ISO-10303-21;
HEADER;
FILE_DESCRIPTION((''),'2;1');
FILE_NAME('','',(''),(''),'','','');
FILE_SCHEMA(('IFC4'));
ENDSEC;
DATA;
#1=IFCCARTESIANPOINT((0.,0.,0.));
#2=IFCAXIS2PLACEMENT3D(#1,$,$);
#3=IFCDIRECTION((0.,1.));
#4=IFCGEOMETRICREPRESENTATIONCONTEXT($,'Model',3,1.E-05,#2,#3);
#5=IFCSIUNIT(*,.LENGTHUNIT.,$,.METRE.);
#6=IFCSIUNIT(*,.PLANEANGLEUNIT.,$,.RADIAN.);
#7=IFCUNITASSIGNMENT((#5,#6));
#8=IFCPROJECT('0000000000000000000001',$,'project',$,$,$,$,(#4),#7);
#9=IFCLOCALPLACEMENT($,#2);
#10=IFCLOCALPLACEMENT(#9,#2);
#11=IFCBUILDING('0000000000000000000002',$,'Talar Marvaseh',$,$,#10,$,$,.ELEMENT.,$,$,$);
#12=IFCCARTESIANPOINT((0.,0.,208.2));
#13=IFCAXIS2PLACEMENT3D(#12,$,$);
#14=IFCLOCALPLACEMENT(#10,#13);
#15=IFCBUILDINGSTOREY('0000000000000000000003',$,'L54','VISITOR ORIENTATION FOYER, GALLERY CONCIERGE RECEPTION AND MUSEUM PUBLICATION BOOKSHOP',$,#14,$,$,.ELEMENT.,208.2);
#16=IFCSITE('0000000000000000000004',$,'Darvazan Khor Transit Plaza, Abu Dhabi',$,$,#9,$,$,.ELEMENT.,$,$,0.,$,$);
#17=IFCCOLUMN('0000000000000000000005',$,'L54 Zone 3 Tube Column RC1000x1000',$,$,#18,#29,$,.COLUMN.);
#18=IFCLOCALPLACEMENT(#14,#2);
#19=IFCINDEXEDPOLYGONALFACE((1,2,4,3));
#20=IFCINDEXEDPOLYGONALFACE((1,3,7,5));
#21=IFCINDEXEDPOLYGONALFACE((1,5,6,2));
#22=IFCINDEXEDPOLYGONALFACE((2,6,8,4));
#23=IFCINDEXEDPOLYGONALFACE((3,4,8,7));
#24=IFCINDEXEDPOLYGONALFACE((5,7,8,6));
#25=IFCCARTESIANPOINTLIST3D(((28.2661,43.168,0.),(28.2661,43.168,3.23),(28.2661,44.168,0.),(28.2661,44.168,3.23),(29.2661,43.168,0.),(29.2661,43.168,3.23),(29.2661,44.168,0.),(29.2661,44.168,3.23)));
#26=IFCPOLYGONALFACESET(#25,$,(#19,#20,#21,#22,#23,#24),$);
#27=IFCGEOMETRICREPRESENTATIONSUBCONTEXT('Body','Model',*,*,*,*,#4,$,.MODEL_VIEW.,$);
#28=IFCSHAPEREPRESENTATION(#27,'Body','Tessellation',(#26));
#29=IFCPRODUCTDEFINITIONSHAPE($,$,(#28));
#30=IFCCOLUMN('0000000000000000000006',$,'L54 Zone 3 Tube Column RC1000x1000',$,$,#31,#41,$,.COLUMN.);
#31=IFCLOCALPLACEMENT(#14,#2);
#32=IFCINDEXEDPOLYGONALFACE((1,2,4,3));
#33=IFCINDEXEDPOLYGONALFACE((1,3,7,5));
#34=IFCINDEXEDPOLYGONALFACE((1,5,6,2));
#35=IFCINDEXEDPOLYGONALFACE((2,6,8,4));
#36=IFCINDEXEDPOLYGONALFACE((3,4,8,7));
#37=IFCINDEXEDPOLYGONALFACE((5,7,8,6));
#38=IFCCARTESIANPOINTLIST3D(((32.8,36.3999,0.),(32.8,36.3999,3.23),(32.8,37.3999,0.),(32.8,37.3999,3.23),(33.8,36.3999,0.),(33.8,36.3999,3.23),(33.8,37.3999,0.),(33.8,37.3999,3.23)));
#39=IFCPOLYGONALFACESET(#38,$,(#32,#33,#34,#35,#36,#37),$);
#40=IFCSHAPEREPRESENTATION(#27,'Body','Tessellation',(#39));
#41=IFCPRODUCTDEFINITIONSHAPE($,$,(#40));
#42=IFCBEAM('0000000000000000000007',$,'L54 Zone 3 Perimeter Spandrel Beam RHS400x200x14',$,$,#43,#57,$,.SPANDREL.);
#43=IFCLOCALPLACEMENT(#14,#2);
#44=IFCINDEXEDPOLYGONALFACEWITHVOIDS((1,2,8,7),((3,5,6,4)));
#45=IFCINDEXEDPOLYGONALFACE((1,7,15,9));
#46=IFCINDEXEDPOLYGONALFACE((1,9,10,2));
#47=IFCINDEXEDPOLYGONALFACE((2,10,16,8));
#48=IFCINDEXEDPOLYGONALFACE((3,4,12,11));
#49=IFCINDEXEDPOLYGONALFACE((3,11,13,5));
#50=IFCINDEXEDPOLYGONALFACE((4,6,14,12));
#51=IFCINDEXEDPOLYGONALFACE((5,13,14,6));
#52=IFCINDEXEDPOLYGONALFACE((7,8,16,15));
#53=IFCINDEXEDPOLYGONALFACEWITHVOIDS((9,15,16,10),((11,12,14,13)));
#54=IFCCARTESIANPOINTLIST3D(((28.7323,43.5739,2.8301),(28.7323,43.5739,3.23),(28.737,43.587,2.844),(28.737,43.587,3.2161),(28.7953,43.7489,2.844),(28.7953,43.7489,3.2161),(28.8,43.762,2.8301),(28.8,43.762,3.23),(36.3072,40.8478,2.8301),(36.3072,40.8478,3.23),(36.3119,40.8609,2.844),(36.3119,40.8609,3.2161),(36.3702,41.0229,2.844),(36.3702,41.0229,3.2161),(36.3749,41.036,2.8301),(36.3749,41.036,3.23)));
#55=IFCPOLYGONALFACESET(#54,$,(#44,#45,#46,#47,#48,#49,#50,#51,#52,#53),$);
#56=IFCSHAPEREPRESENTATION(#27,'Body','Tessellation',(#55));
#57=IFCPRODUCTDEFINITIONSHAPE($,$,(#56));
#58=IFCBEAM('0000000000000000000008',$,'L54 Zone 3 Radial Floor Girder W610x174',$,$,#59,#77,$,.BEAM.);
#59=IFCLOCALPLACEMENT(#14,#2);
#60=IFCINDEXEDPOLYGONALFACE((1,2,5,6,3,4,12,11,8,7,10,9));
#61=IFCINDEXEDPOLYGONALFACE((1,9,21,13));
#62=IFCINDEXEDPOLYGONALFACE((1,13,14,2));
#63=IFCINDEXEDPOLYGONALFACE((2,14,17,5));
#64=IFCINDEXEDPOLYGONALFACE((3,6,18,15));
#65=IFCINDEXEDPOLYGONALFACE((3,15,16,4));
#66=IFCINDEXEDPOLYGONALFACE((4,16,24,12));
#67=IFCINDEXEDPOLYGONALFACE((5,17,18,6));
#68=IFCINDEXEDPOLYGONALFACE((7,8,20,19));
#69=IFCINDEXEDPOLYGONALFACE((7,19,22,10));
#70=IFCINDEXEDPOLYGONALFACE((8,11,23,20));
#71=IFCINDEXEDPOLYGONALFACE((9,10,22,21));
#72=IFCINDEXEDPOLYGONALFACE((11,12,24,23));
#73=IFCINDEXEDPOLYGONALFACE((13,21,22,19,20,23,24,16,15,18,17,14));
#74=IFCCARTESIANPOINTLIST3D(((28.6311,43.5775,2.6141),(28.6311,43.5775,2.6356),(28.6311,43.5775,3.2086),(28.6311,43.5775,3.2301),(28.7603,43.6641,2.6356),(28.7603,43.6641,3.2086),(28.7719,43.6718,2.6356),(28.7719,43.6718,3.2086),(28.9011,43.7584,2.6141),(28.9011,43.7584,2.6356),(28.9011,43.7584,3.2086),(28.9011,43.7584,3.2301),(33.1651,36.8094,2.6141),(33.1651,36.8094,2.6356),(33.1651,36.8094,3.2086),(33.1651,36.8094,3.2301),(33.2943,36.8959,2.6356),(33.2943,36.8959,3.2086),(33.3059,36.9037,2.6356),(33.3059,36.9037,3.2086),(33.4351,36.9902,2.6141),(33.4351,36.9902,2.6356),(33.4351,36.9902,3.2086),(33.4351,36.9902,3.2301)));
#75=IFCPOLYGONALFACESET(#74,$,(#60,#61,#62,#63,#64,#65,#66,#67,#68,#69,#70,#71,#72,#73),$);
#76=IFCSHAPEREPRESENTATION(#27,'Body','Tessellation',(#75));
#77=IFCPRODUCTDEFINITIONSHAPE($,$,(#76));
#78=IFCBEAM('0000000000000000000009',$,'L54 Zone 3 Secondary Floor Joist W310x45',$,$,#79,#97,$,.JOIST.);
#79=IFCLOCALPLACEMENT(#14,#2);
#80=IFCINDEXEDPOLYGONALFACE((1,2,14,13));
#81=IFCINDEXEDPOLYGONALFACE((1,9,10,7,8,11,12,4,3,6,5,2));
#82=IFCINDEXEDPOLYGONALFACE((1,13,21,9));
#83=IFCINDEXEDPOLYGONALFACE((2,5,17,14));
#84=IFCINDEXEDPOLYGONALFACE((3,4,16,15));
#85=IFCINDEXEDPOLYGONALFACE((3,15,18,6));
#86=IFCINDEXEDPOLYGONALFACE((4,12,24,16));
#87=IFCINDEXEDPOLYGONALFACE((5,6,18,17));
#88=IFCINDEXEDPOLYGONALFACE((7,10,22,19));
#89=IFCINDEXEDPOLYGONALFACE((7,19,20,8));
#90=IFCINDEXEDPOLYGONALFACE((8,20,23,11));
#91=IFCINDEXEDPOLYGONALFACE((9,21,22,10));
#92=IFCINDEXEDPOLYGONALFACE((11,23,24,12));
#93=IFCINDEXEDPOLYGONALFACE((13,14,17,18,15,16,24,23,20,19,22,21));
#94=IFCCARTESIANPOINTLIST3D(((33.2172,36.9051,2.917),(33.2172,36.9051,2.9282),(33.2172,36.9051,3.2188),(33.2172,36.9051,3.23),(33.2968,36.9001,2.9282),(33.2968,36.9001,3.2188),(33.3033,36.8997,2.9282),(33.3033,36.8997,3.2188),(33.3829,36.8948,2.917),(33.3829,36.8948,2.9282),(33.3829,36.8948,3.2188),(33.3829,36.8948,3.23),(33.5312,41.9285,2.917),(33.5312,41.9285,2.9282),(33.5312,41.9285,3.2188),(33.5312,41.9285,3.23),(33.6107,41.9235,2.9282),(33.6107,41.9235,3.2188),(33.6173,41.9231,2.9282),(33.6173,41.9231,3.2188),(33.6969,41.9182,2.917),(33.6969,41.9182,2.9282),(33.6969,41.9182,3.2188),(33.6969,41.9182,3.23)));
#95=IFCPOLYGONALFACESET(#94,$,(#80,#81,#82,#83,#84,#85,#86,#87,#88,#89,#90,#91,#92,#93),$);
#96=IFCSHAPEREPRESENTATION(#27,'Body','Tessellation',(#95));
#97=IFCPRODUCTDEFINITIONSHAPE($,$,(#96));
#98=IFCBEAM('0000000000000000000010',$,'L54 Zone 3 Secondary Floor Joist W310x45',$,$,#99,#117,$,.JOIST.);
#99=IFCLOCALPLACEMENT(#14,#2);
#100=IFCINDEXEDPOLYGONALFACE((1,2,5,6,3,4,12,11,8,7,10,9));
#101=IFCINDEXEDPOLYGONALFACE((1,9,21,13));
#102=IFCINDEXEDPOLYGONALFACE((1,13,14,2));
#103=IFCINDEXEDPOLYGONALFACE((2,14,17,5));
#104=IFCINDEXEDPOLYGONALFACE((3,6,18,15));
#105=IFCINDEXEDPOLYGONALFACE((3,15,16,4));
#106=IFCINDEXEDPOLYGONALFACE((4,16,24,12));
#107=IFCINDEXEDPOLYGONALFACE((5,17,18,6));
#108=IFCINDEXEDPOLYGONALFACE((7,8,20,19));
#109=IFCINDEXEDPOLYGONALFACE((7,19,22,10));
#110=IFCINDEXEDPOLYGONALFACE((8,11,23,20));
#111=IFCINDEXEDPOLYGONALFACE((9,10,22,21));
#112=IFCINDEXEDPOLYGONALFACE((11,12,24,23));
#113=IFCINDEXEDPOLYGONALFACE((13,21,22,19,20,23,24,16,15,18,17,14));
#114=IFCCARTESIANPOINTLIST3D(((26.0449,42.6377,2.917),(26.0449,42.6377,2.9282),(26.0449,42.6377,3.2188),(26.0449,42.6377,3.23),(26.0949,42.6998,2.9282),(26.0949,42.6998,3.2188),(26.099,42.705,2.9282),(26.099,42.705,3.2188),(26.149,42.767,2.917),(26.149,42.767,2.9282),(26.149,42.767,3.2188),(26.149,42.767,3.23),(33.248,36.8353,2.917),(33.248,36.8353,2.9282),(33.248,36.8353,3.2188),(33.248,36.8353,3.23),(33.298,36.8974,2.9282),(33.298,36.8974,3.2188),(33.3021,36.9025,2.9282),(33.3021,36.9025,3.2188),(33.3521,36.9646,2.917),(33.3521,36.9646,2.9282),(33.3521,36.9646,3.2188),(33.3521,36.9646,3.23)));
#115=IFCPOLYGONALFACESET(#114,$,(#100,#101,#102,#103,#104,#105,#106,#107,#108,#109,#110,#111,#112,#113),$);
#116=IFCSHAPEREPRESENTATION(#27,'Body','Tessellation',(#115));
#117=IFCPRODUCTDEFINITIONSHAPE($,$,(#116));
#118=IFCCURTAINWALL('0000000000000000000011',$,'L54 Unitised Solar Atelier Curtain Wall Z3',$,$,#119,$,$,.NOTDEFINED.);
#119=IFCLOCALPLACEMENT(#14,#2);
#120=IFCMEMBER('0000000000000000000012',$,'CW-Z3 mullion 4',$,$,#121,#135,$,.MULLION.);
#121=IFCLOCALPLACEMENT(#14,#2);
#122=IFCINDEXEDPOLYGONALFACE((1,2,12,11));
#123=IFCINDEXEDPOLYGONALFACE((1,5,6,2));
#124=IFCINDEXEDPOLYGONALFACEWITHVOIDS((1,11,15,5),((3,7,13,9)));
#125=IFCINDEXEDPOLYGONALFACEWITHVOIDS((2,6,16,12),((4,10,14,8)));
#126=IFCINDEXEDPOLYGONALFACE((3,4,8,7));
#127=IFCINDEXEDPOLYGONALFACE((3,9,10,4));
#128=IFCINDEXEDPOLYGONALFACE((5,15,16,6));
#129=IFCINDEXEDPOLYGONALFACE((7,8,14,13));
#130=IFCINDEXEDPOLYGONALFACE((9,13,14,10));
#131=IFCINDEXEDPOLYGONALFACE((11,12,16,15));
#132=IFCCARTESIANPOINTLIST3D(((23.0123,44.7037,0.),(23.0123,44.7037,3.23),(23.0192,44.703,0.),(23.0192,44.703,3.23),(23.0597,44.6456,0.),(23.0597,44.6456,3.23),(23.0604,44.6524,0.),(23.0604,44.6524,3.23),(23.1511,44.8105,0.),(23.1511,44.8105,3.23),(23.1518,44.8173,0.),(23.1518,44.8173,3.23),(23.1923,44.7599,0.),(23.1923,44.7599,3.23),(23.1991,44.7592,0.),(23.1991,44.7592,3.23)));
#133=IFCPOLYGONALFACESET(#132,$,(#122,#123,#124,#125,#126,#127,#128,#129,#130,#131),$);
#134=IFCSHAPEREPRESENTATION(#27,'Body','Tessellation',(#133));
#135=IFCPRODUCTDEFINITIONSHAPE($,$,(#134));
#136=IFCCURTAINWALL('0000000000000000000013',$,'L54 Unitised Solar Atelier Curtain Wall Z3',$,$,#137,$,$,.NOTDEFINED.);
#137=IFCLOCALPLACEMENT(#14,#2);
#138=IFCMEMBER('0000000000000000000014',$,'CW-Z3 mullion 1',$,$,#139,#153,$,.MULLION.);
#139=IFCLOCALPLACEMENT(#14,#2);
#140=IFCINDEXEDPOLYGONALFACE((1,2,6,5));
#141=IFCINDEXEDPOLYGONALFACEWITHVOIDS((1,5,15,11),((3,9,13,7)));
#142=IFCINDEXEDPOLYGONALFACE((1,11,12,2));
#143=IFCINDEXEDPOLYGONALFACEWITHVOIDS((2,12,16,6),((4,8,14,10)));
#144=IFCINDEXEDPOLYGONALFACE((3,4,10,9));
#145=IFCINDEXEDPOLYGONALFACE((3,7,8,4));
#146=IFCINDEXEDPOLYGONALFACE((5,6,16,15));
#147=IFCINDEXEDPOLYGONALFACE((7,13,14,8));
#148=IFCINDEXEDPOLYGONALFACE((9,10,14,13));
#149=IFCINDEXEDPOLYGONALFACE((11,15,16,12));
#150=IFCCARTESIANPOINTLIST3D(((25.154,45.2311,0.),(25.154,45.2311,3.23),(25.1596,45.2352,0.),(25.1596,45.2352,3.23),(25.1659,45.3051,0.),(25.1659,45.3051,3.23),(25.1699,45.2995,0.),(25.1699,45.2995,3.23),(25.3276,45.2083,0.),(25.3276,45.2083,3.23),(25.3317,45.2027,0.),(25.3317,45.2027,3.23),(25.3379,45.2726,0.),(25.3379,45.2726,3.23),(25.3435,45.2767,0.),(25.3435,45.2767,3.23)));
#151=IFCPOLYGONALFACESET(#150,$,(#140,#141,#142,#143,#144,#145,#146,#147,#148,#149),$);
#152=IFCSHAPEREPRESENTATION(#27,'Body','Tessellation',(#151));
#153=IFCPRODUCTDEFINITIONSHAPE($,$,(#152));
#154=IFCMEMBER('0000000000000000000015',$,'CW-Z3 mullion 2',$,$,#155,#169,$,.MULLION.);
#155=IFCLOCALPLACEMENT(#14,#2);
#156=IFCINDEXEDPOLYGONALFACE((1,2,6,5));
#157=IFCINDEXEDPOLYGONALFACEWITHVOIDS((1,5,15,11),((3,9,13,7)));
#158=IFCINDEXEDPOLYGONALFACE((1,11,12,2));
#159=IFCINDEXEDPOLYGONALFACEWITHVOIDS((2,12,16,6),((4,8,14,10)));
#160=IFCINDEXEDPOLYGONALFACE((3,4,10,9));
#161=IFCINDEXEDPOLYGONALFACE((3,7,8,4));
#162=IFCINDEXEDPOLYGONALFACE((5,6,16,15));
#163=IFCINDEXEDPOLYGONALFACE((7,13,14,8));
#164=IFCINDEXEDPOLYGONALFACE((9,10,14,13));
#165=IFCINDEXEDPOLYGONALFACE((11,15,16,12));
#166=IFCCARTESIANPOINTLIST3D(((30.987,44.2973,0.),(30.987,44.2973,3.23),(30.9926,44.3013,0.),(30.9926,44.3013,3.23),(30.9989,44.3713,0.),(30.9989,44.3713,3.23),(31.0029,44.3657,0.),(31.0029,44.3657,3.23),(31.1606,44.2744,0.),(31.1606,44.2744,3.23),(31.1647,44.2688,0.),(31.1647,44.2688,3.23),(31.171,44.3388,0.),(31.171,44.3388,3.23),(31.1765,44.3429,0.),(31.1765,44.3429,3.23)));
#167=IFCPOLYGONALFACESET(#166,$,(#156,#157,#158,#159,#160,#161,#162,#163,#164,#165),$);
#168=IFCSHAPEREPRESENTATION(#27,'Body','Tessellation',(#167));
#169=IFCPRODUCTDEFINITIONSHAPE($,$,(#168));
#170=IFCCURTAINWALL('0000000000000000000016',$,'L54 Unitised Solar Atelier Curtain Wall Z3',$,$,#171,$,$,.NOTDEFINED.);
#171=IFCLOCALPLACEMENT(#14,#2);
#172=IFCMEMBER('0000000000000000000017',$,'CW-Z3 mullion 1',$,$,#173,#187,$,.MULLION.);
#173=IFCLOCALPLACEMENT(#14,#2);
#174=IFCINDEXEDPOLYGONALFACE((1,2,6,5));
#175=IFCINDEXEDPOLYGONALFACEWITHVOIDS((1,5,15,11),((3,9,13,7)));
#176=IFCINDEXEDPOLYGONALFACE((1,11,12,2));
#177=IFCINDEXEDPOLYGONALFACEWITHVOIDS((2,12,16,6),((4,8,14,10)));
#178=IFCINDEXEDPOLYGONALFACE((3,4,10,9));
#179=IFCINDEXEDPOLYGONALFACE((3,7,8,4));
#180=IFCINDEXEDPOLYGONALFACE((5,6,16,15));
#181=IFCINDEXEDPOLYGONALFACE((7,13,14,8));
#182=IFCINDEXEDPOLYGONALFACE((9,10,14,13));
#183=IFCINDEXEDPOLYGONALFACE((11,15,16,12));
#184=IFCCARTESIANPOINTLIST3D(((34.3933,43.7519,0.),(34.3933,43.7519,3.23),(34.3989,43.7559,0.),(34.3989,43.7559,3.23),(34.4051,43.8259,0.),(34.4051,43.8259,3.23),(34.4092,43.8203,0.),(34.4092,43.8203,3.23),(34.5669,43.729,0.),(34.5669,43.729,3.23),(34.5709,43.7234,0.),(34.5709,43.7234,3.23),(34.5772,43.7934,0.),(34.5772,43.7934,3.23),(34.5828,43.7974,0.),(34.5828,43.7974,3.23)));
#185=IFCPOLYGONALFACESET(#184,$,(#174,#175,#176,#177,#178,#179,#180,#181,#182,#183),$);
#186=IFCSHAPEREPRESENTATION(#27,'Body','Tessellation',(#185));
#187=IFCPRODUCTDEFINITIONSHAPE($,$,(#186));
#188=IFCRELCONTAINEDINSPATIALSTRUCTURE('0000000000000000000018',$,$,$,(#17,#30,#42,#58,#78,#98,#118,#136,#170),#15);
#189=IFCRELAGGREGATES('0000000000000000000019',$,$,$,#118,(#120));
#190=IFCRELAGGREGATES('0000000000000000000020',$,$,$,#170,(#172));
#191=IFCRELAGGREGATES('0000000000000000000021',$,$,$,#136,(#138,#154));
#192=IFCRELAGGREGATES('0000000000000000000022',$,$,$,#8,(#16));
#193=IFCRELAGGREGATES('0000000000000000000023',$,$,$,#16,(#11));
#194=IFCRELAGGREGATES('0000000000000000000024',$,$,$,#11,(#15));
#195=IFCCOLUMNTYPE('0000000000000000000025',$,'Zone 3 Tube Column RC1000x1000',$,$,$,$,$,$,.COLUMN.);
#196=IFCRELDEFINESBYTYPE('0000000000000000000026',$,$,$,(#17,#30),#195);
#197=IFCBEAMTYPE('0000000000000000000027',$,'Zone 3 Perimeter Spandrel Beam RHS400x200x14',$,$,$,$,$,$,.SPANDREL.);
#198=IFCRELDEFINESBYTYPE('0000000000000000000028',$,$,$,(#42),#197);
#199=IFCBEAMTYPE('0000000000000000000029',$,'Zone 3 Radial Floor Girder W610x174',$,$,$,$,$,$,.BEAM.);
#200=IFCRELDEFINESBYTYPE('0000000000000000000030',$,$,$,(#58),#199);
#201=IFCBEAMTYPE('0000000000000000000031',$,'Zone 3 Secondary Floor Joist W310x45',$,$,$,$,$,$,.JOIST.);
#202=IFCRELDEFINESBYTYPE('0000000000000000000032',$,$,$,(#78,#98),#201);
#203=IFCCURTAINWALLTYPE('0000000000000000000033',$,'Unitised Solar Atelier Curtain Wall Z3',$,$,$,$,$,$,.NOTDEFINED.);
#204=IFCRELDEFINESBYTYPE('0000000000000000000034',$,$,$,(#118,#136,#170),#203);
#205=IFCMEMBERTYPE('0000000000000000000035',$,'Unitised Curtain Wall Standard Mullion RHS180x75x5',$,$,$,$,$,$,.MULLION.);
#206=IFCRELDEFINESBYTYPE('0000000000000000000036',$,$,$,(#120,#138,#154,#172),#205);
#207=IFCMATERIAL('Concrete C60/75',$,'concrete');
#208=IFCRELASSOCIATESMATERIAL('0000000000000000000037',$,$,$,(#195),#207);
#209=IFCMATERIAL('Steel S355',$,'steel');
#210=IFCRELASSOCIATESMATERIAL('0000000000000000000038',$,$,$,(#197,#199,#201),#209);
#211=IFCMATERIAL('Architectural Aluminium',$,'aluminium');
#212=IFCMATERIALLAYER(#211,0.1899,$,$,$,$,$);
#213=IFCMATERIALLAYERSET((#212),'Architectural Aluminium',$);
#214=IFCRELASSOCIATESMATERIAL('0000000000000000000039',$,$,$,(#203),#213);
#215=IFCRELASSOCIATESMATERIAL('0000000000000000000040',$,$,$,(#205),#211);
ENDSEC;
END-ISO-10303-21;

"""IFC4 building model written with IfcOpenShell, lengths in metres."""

from ifc_helpers import new_model, si_unit, direction, frame, origin, origin_2d, place, context, subcontext, project, spatial, rectangle, hollow_rectangle, i_section, extrude, source, transform, mapped, material, layer, layer_set, material_profile, profile_set, type_object, type_shapes, element, aggregate, save


model = new_model("IFC4")

# Units and contexts
model_context = context("Model", 3, precision=1e-05, world=origin(), true_north=direction((0.0, 1.0)))
body_context = subcontext(model_context, "Body", "Model", "MODEL_VIEW")
ifc_project = project(units=[si_unit("LENGTHUNIT", "METRE"), si_unit("PLANEANGLEUNIT", "RADIAN")], contexts=[model_context])

# Site, building, storey
site_placement = place(None, origin())
site = spatial("IfcSite", under=ifc_project, at=site_placement, Name="Darvazan Khor Transit Plaza, Abu Dhabi", CompositionType="ELEMENT", RefElevation=0.0)
building_placement = place(site_placement, origin())
building = spatial("IfcBuilding", under=site, at=building_placement, Name="Talar Marvaseh", CompositionType="ELEMENT")
storey_placement = place(building_placement, frame((0.0, 0.0, 208.2)))
storey = spatial("IfcBuildingStorey", under=building, at=storey_placement, Name="L54", Description="VISITOR ORIENTATION FOYER, GALLERY CONCIERGE RECEPTION AND MUSEUM PUBLICATION BOOKSHOP", CompositionType="ELEMENT", Elevation=208.2)

# Columns
ifc_material_1 = material(Name="Concrete C60/75", Category="concrete")
ifc_material_profile_1 = material_profile(ifc_material_1, rectangle(XDim=1.0, YDim=1.0, at=origin_2d()), Name="RC1000x1000")
ifc_profile_set_1 = profile_set([ifc_material_profile_1], Name="Concrete C60/75")
column_type = type_object("IfcColumnType", Name="Zone 3 Tube Column RC1000x1000", PredefinedType="COLUMN", material=ifc_profile_set_1)
for number, where, z_axis, x_axis, name in (
    (1, (28.7661, 43.668, 0.0), (0.0, 0.0, 1.0), (1.0, 0.0, 0.0), "L54 Zone 3 Tube Column RC1000x1000"),
    (2, (33.3, 36.8999, 0.0), (0.0, 0.0, 1.0), (1.0, 0.0, 0.0), "L54 Zone 3 Tube Column RC1000x1000"),
):
    element("IfcColumn", number, at=place(storey_placement, frame(where, z_axis=z_axis, x_axis=x_axis)), inside=storey, type_object=column_type, Name=name, PredefinedType="COLUMN", context=body_context, shape_type="SweptSolid", body=[
        extrude(rectangle(XDim=1.0, YDim=1.0, at=origin_2d()), origin(), (0.0, 0.0, 1.0), 3.23),
    ])

# Beams
ifc_material_2 = material(Name="Steel S355", Category="steel")
ifc_material_profile_2 = material_profile(ifc_material_2, hollow_rectangle(XDim=0.2, YDim=0.3999, WallThickness=0.0139, at=origin_2d()), Name="RHS400x200x14")
ifc_profile_set_2 = profile_set([ifc_material_profile_2], Name="Steel S355")
beam_type_1 = type_object("IfcBeamType", Name="Zone 3 Perimeter Spandrel Beam RHS400x200x14", PredefinedType="SPANDREL", material=ifc_profile_set_2)
beam_1_placement = place(storey_placement, frame((28.7661, 43.668, 3.03), z_axis=(0.940923, -0.33862, 0.0), x_axis=(0.33862, 0.940923, 0.0)))
element("IfcBeam", 3, at=beam_1_placement, inside=storey, type_object=beam_type_1, Name="L54 Zone 3 Perimeter Spandrel Beam RHS400x200x14", PredefinedType="SPANDREL", context=body_context, shape_type="SweptSolid", body=[
    extrude(hollow_rectangle(XDim=0.2, YDim=0.3999, WallThickness=0.0139, at=origin_2d()), origin(), (0.0, 0.0, 1.0), 8.0505),
])
ifc_material_profile_3 = material_profile(ifc_material_2, i_section(OverallWidth=0.325, OverallDepth=0.616, WebThickness=0.0139, FlangeThickness=0.0215, at=origin_2d()), Name="W610x174")
ifc_profile_set_3 = profile_set([ifc_material_profile_3], Name="Steel S355")
beam_type_2 = type_object("IfcBeamType", Name="Zone 3 Radial Floor Girder W610x174", PredefinedType="BEAM", material=ifc_profile_set_3)
beam_2_placement = place(storey_placement, frame((28.7661, 43.668, 2.9221), z_axis=(0.556559, -0.830808, 0.0), x_axis=(0.830808, 0.556559, 0.0)))
element("IfcBeam", 4, at=beam_2_placement, inside=storey, type_object=beam_type_2, Name="L54 Zone 3 Radial Floor Girder W610x174", PredefinedType="BEAM", context=body_context, shape_type="SweptSolid", body=[
    extrude(i_section(OverallWidth=0.325, OverallDepth=0.616, WebThickness=0.0139, FlangeThickness=0.0215, at=origin_2d()), origin(), (0.0, 0.0, 1.0), 8.1465),
])
ifc_material_profile_4 = material_profile(ifc_material_2, i_section(OverallWidth=0.166, OverallDepth=0.313, WebThickness=0.0066, FlangeThickness=0.0112, at=origin_2d()), Name="W310x45")
ifc_profile_set_4 = profile_set([ifc_material_profile_4], Name="Steel S355")
beam_type_3 = type_object("IfcBeamType", Name="Zone 3 Secondary Floor Joist W310x45", PredefinedType="JOIST", material=ifc_profile_set_4)
beam_3_placement = place(storey_placement, frame((33.614, 41.9233, 3.0735), z_axis=(-0.062378, -0.998053, 0.0), x_axis=(0.998053, -0.062378, 0.0)))
element("IfcBeam", 5, at=beam_3_placement, inside=storey, type_object=beam_type_3, Name="L54 Zone 3 Secondary Floor Joist W310x45", PredefinedType="JOIST", context=body_context, shape_type="SweptSolid", body=[
    extrude(i_section(OverallWidth=0.166, OverallDepth=0.313, WebThickness=0.0066, FlangeThickness=0.0112, at=origin_2d()), origin(), (0.0, 0.0, 1.0), 5.0332),
])
beam_4_placement = place(storey_placement, frame((26.0969, 42.7024, 3.0735), z_axis=(0.778755, -0.627328, 0.0), x_axis=(0.627328, 0.778755, 0.0)))
element("IfcBeam", 6, at=beam_4_placement, inside=storey, type_object=beam_type_3, Name="L54 Zone 3 Secondary Floor Joist W310x45", PredefinedType="JOIST", context=body_context, shape_type="SweptSolid", body=[
    extrude(i_section(OverallWidth=0.166, OverallDepth=0.313, WebThickness=0.0066, FlangeThickness=0.0112, at=origin_2d()), origin(), (0.0, 0.0, 1.0), 9.2495),
])

# Curtain wall, member
ifc_material_3 = material(Name="Architectural Aluminium", Category="aluminium")
ifc_layer_1 = layer(ifc_material_3, 0.1899)
ifc_layer_set_1 = layer_set([ifc_layer_1], Name="Architectural Aluminium")
curtain_wall_type = type_object("IfcCurtainWallType", Name="Unitised Solar Atelier Curtain Wall Z3", PredefinedType="NOTDEFINED", material=ifc_layer_set_1)
curtain_wall_1_placement = place(storey_placement, origin())
curtain_wall_1 = element("IfcCurtainWall", 7, at=curtain_wall_1_placement, inside=storey, type_object=curtain_wall_type, Name="L54 Unitised Solar Atelier Curtain Wall Z3", PredefinedType="NOTDEFINED")
ifc_material_profile_5 = material_profile(ifc_material_3, hollow_rectangle(XDim=0.075, YDim=0.1799, WallThickness=0.0049, at=origin_2d()), Name="RHS180x75x5")
ifc_profile_set_5 = profile_set([ifc_material_profile_5], Name="Architectural Aluminium")
member_type_1 = type_object("IfcMemberType", Name="Unitised Curtain Wall Standard Mullion RHS180x75x5", PredefinedType="MULLION", material=ifc_profile_set_5)
shared_shape_1 = source(origin(), body_context, "Body", "SweptSolid", [
    extrude(hollow_rectangle(XDim=0.075, YDim=0.1799, WallThickness=0.0049, at=origin_2d()), origin(), (0.0, 0.0, 1.0), 3.23),
])
type_shapes(member_type_1, [shared_shape_1])
member_1_placement = place(storey_placement, frame((23.1057, 44.7314, 0.0), z_axis=(0.0, 0.0, 1.0), x_axis=(-0.631784, 0.775145, 0.0)))
member_1 = element("IfcMember", 8, at=member_1_placement, type_object=member_type_1, Name="CW-Z3 mullion 4", PredefinedType="MULLION", context=body_context, shape_type="MappedRepresentation", body=[
    mapped(shared_shape_1, transform((0.0, 0.0, 0.0), x_axis=(1.0, 0.0, 0.0), y_axis=(0.0, 1.0, 0.0), z_axis=(0.0, 0.0, 1.0), scale=1.0)),
])
aggregate(curtain_wall_1, [member_1])

# Curtain wall, members
curtain_wall_2_placement = place(storey_placement, origin())
curtain_wall_2 = element("IfcCurtainWall", 9, at=curtain_wall_2_placement, inside=storey, type_object=curtain_wall_type, Name="L54 Unitised Solar Atelier Curtain Wall Z3", PredefinedType="NOTDEFINED")
member_2_placement = place(storey_placement, frame((25.2488, 45.2539, 0.0), z_axis=(0.0, 0.0, 1.0), x_axis=(0.158085, 0.987426, 0.0)))
member_2 = element("IfcMember", 10, at=member_2_placement, type_object=member_type_1, Name="CW-Z3 mullion 1", PredefinedType="MULLION", context=body_context, shape_type="MappedRepresentation", body=[
    mapped(shared_shape_1, transform((0.0, 0.0, 0.0), x_axis=(1.0, 0.0, 0.0), y_axis=(0.0, 1.0, 0.0), z_axis=(0.0, 0.0, 1.0), scale=1.0)),
])
member_3_placement = place(storey_placement, frame((31.0818, 44.3201, 0.0), z_axis=(0.0, 0.0, 1.0), x_axis=(0.158085, 0.987426, 0.0)))
member_3 = element("IfcMember", 11, at=member_3_placement, type_object=member_type_1, Name="CW-Z3 mullion 2", PredefinedType="MULLION", context=body_context, shape_type="MappedRepresentation", body=[
    mapped(shared_shape_1, transform((0.0, 0.0, 0.0), x_axis=(1.0, 0.0, 0.0), y_axis=(0.0, 1.0, 0.0), z_axis=(0.0, 0.0, 1.0), scale=1.0)),
])

# Curtain wall, member
curtain_wall_3_placement = place(storey_placement, origin())
curtain_wall_3 = element("IfcCurtainWall", 12, at=curtain_wall_3_placement, inside=storey, type_object=curtain_wall_type, Name="L54 Unitised Solar Atelier Curtain Wall Z3", PredefinedType="NOTDEFINED")
member_4_placement = place(storey_placement, frame((34.488, 43.7747, 0.0), z_axis=(0.0, 0.0, 1.0), x_axis=(0.158085, 0.987426, 0.0)))
member_4 = element("IfcMember", 13, at=member_4_placement, type_object=member_type_1, Name="CW-Z3 mullion 1", PredefinedType="MULLION", context=body_context, shape_type="MappedRepresentation", body=[
    mapped(shared_shape_1, transform((0.0, 0.0, 0.0), x_axis=(1.0, 0.0, 0.0), y_axis=(0.0, 1.0, 0.0), z_axis=(0.0, 0.0, 1.0), scale=1.0)),
])
aggregate(curtain_wall_3, [member_4])

aggregate(curtain_wall_2, [member_2, member_3])

save(model, "model.ifc")
